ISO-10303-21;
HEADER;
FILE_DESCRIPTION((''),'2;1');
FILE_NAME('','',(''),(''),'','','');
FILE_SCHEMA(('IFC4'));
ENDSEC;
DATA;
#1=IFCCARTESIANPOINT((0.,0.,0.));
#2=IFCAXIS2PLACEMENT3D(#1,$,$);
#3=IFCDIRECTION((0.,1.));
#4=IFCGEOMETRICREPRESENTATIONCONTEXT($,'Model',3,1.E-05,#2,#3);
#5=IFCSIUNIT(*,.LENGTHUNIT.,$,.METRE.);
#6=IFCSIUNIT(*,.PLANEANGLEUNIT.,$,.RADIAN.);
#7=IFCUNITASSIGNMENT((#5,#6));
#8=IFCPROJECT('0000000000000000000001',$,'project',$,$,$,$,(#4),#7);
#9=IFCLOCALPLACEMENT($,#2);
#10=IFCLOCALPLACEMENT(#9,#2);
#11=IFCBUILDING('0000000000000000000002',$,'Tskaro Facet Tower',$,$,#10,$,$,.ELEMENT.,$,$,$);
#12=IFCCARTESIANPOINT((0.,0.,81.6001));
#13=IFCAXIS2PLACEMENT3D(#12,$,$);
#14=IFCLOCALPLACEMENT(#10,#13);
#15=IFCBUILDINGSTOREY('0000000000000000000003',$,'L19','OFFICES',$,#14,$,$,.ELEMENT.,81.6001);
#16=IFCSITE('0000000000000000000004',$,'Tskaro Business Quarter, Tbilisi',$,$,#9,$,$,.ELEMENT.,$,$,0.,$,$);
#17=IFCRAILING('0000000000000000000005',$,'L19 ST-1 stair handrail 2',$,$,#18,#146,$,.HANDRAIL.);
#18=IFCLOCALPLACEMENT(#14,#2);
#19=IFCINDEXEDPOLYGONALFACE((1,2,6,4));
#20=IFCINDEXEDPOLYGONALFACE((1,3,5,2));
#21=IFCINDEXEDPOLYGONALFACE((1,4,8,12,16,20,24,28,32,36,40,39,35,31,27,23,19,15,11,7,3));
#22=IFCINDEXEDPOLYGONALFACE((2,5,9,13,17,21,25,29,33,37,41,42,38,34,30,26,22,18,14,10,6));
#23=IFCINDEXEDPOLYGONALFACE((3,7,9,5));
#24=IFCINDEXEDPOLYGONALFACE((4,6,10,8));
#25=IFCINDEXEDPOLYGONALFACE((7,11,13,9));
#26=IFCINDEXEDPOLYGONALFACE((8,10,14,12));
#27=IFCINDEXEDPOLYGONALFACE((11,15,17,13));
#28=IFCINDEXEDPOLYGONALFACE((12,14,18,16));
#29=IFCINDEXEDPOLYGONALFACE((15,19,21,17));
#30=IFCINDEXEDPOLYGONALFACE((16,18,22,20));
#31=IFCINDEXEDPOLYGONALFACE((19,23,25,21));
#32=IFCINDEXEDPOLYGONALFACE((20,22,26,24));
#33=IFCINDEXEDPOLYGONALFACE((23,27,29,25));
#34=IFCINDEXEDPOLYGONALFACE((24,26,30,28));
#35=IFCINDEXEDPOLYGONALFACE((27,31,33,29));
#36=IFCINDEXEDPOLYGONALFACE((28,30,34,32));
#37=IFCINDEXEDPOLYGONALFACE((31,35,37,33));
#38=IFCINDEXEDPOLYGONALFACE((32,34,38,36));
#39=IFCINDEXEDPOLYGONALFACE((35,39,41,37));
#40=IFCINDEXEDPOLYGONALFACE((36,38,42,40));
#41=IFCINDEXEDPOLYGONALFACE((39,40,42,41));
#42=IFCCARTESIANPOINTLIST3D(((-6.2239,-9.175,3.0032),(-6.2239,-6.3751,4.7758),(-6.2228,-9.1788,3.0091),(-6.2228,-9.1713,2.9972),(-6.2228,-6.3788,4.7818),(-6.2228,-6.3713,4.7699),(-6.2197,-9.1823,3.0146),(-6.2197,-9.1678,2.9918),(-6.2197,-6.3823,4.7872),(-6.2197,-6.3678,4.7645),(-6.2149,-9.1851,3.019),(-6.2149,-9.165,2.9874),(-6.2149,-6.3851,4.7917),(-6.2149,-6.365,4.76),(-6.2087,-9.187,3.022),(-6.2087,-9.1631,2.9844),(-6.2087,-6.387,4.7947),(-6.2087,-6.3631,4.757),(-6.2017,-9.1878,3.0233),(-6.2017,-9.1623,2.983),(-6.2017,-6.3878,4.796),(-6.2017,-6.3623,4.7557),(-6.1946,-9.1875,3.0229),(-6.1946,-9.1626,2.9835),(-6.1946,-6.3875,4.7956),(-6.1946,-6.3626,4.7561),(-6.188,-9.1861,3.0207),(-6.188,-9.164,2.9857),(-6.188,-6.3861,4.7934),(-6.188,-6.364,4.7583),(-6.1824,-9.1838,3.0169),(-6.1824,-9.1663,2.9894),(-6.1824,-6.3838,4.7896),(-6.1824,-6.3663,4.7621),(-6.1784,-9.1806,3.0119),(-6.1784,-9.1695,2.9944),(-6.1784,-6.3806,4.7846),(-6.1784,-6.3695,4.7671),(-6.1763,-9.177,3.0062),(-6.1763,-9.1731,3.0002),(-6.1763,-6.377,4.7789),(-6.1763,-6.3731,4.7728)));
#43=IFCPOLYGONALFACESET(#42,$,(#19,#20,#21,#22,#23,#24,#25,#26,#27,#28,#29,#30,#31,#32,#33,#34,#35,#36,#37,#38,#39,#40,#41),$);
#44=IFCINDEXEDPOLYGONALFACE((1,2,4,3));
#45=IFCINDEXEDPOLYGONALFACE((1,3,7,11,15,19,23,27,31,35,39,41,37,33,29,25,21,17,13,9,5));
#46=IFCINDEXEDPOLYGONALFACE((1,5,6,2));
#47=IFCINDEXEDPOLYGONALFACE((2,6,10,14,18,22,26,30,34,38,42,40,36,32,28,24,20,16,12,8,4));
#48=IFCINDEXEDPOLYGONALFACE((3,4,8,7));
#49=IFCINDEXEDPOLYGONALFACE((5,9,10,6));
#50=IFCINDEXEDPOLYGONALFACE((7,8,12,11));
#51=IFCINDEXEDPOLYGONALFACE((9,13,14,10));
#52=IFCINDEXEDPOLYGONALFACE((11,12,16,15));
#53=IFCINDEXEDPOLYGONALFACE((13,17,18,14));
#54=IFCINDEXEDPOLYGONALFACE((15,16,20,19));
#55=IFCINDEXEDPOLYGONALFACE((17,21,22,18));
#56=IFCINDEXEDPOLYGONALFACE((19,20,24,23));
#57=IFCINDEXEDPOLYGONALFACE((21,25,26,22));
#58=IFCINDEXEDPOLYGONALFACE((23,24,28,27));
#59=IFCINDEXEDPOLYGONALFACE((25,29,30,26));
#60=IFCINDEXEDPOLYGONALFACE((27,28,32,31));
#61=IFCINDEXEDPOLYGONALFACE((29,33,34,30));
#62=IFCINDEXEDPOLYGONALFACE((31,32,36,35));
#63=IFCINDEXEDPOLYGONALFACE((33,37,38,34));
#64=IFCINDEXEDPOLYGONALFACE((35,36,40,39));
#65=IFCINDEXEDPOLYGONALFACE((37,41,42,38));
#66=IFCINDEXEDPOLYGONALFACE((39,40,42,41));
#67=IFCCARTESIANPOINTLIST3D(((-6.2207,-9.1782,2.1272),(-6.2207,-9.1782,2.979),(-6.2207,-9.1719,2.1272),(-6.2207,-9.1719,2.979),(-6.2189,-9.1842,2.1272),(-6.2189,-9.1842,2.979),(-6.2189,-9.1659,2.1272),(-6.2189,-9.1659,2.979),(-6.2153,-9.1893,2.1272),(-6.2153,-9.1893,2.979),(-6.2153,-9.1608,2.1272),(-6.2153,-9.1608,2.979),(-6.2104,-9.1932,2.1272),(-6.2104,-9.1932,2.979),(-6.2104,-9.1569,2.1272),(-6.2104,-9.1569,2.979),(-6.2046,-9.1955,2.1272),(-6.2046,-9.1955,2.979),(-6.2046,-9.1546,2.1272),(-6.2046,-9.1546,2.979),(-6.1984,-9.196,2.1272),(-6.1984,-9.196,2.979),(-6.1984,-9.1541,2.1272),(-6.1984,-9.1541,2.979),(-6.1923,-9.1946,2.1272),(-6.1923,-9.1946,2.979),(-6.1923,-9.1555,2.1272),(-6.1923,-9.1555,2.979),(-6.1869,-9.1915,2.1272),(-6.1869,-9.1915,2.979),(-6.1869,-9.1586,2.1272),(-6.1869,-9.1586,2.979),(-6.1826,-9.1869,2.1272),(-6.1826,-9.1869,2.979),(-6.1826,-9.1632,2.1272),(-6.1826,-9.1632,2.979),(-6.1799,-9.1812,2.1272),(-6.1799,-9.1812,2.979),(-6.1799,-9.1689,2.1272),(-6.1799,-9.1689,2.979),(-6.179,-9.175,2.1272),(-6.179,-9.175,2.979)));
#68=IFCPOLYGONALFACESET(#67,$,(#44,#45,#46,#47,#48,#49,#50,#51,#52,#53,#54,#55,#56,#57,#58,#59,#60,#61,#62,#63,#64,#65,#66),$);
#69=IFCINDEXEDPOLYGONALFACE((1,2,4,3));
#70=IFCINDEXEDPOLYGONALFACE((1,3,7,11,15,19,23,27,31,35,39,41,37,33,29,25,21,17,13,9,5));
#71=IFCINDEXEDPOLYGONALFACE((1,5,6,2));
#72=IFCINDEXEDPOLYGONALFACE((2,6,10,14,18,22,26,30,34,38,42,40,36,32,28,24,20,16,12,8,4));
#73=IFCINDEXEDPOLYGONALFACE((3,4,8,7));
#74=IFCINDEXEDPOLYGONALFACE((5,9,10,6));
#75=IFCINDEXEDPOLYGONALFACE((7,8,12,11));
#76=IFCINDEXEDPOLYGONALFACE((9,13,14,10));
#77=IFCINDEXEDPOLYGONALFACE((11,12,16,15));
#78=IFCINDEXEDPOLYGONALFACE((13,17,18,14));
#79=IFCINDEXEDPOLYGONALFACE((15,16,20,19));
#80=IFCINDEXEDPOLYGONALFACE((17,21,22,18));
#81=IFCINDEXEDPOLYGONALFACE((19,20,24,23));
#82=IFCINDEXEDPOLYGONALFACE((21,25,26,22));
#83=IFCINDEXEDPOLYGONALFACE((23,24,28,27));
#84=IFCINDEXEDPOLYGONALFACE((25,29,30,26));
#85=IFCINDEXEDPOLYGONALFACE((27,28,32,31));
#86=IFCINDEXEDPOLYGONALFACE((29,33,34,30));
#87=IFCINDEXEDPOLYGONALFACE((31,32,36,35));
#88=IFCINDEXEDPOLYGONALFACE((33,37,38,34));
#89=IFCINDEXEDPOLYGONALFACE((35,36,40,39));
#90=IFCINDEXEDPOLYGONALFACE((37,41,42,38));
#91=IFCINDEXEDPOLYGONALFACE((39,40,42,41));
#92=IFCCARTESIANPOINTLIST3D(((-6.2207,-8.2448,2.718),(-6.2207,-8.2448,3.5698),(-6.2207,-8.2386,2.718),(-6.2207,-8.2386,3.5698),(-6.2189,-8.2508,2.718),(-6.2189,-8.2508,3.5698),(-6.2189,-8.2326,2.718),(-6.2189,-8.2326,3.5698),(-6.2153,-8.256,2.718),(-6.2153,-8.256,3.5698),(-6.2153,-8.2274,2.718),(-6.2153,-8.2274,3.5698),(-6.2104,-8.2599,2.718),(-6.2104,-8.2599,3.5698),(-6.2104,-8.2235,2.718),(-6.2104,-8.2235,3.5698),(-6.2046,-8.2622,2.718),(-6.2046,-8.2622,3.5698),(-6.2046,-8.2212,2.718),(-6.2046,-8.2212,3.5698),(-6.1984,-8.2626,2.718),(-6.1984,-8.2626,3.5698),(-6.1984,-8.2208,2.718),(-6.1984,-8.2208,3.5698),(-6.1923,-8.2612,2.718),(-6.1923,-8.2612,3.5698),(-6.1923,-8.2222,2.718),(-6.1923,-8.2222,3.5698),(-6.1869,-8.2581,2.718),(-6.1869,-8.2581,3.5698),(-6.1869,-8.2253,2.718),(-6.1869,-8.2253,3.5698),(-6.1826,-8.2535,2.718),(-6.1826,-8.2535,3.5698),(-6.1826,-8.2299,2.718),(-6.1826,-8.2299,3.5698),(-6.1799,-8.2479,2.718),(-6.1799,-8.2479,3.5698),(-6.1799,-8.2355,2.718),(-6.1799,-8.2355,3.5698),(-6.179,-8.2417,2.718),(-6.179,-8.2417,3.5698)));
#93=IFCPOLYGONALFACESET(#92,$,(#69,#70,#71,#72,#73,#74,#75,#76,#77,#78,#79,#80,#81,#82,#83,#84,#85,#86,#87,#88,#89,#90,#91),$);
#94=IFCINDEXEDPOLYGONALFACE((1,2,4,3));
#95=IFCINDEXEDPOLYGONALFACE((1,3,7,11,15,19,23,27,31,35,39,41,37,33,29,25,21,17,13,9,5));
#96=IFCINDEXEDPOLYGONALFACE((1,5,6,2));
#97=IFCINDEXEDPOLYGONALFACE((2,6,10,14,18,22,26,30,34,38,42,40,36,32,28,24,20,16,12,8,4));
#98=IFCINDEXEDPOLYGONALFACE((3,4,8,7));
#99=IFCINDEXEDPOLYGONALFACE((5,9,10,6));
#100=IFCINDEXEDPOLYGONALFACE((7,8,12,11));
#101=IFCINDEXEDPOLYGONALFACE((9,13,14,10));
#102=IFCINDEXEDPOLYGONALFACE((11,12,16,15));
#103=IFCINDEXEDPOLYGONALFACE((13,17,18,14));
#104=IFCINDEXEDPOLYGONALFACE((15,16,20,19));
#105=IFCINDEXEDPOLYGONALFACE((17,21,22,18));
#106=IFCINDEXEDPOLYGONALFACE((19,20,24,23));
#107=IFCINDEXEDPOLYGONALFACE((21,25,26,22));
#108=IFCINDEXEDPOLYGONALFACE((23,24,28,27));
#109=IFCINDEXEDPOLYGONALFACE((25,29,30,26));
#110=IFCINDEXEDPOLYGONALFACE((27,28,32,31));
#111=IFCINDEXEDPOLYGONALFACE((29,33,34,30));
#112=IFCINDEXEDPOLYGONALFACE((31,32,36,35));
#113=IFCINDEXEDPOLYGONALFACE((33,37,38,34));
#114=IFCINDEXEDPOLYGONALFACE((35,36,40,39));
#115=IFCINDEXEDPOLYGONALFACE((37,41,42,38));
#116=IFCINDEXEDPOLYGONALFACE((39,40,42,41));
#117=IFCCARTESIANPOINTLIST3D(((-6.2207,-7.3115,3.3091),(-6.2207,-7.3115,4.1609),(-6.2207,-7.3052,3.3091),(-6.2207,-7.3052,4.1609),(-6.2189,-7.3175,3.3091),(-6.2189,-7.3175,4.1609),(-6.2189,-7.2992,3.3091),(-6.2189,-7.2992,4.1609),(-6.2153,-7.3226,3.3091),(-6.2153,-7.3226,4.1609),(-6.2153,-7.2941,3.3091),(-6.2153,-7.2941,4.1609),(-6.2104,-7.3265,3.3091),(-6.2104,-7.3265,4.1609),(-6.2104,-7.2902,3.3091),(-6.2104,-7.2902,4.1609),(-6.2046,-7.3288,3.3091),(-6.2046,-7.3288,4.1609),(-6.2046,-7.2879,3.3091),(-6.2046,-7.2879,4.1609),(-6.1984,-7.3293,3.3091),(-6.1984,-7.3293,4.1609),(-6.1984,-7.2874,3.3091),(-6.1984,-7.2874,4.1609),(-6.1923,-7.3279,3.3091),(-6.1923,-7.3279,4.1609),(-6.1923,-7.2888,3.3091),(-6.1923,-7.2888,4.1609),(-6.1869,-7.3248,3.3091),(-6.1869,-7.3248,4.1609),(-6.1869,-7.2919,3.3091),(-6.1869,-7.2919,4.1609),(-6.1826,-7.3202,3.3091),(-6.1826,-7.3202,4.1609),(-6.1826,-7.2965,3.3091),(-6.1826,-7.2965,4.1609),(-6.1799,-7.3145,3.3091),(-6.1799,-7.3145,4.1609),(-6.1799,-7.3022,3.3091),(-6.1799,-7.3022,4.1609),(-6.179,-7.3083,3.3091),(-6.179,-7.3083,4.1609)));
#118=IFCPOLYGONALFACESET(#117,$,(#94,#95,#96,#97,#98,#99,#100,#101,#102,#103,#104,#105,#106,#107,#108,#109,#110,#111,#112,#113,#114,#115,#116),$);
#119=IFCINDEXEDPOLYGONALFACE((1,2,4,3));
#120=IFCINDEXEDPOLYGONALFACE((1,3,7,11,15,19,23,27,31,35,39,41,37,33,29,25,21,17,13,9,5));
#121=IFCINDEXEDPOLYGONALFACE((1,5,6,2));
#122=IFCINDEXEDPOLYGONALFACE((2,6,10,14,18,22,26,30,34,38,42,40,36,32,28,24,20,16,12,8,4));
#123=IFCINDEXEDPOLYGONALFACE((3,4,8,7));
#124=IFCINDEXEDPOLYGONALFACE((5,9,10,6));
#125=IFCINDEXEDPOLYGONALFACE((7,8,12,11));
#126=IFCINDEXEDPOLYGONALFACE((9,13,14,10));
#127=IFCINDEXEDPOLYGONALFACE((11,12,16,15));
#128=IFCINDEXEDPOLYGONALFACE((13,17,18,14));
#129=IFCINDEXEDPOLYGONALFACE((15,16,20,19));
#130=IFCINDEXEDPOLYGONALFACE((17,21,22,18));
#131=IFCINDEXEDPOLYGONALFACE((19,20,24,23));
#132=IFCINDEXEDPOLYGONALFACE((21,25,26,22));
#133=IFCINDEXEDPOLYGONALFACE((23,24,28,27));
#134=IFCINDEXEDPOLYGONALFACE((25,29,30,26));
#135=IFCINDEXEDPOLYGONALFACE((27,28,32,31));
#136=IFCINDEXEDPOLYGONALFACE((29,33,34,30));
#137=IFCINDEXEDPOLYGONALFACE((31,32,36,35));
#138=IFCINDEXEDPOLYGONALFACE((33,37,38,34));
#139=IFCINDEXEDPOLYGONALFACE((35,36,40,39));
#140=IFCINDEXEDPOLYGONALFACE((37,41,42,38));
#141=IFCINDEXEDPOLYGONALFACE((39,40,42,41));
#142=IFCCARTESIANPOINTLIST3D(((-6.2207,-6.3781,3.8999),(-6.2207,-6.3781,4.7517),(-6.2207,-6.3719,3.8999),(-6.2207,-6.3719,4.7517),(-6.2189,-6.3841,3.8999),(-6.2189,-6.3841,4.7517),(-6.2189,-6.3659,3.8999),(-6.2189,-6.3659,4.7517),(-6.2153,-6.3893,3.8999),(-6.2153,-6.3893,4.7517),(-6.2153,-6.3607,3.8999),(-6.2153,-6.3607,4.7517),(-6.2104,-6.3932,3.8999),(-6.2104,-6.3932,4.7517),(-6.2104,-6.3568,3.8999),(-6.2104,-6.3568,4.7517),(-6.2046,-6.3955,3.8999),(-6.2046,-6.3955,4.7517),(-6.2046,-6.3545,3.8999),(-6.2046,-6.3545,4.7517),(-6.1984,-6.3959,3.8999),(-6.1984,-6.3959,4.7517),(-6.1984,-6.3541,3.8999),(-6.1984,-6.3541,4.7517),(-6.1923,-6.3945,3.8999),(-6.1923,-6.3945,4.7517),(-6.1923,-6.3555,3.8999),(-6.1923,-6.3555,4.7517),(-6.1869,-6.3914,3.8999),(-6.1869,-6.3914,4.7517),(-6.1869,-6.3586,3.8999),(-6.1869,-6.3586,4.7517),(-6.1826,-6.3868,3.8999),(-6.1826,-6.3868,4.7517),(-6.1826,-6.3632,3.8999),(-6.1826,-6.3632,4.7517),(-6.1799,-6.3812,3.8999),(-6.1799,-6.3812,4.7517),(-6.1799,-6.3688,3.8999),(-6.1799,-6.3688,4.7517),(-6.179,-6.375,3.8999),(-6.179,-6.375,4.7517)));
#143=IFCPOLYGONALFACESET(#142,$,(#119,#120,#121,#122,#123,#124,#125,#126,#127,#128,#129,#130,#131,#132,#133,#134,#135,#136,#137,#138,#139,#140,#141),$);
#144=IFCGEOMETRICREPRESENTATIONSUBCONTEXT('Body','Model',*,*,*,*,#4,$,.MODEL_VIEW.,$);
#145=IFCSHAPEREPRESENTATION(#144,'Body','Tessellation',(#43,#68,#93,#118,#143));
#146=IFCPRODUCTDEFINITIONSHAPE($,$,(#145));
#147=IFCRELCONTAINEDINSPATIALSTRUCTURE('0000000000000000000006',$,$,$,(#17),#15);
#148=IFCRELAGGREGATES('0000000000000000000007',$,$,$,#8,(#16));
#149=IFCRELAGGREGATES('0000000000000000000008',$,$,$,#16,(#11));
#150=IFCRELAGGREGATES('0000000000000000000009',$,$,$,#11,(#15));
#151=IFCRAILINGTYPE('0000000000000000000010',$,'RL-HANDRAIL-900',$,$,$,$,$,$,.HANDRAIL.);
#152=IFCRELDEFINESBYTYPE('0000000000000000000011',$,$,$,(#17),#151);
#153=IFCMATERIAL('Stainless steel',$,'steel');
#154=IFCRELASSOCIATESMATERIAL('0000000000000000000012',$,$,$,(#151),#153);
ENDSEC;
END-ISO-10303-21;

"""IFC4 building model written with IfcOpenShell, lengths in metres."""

from ifc_helpers import new_model, si_unit, direction, frame, origin, origin_2d, place, context, subcontext, project, spatial, circle, extrude, material, type_object, element, save


model = new_model("IFC4")

# Units and contexts
model_context = context("Model", 3, precision=1e-05, world=origin(), true_north=direction((0.0, 1.0)))
body_context = subcontext(model_context, "Body", "Model", "MODEL_VIEW")
ifc_project = project(units=[si_unit("LENGTHUNIT", "METRE"), si_unit("PLANEANGLEUNIT", "RADIAN")], contexts=[model_context])

# Site, building, storey
site_placement = place(None, origin())
site = spatial("IfcSite", under=ifc_project, at=site_placement, Name="Tskaro Business Quarter, Tbilisi", CompositionType="ELEMENT", RefElevation=0.0)
building_placement = place(site_placement, origin())
building = spatial("IfcBuilding", under=site, at=building_placement, Name="Tskaro Facet Tower", CompositionType="ELEMENT")
storey_placement = place(building_placement, frame((0.0, 0.0, 81.6001)))
storey = spatial("IfcBuildingStorey", under=building, at=storey_placement, Name="L19", Description="OFFICES", CompositionType="ELEMENT", Elevation=81.6001)

# Shared definitions
ifc_material_1 = material(Name="Stainless steel", Category="steel")

# Railing
railing_type_1 = type_object("IfcRailingType", Name="RL-HANDRAIL-900", PredefinedType="HANDRAIL", material=ifc_material_1)
railing_1_placement = place(storey_placement, frame((-6.2, -9.175, 2.1272)))
element("IfcRailing", 1, at=railing_1_placement, inside=storey, type_object=railing_type_1, Name="L19 ST-1 stair handrail 2", PredefinedType="HANDRAIL", context=body_context, shape_type="SweptSolid", body=[
    extrude(circle(Radius=0.0239, at=origin_2d()), frame((0.0, 0.0, 0.876), z_axis=(0.0, 0.844909, 0.53491), x_axis=(-1.0, 0.0, 0.0)), (0.0, 0.0, 1.0), 3.314),
    extrude(circle(Radius=0.021, at=origin_2d()), origin(), (0.0, 0.0, 1.0), 0.8518),
    extrude(circle(Radius=0.021, at=origin_2d()), frame((0.0, 0.9333, 0.5908)), (0.0, 0.0, 1.0), 0.8518),
    extrude(circle(Radius=0.021, at=origin_2d()), frame((0.0, 1.8667, 1.1819)), (0.0, 0.0, 1.0), 0.8518),
    extrude(circle(Radius=0.021, at=origin_2d()), frame((0.0, 2.8, 1.7727)), (0.0, 0.0, 1.0), 0.8518),
])

save(model, "model.ifc")
